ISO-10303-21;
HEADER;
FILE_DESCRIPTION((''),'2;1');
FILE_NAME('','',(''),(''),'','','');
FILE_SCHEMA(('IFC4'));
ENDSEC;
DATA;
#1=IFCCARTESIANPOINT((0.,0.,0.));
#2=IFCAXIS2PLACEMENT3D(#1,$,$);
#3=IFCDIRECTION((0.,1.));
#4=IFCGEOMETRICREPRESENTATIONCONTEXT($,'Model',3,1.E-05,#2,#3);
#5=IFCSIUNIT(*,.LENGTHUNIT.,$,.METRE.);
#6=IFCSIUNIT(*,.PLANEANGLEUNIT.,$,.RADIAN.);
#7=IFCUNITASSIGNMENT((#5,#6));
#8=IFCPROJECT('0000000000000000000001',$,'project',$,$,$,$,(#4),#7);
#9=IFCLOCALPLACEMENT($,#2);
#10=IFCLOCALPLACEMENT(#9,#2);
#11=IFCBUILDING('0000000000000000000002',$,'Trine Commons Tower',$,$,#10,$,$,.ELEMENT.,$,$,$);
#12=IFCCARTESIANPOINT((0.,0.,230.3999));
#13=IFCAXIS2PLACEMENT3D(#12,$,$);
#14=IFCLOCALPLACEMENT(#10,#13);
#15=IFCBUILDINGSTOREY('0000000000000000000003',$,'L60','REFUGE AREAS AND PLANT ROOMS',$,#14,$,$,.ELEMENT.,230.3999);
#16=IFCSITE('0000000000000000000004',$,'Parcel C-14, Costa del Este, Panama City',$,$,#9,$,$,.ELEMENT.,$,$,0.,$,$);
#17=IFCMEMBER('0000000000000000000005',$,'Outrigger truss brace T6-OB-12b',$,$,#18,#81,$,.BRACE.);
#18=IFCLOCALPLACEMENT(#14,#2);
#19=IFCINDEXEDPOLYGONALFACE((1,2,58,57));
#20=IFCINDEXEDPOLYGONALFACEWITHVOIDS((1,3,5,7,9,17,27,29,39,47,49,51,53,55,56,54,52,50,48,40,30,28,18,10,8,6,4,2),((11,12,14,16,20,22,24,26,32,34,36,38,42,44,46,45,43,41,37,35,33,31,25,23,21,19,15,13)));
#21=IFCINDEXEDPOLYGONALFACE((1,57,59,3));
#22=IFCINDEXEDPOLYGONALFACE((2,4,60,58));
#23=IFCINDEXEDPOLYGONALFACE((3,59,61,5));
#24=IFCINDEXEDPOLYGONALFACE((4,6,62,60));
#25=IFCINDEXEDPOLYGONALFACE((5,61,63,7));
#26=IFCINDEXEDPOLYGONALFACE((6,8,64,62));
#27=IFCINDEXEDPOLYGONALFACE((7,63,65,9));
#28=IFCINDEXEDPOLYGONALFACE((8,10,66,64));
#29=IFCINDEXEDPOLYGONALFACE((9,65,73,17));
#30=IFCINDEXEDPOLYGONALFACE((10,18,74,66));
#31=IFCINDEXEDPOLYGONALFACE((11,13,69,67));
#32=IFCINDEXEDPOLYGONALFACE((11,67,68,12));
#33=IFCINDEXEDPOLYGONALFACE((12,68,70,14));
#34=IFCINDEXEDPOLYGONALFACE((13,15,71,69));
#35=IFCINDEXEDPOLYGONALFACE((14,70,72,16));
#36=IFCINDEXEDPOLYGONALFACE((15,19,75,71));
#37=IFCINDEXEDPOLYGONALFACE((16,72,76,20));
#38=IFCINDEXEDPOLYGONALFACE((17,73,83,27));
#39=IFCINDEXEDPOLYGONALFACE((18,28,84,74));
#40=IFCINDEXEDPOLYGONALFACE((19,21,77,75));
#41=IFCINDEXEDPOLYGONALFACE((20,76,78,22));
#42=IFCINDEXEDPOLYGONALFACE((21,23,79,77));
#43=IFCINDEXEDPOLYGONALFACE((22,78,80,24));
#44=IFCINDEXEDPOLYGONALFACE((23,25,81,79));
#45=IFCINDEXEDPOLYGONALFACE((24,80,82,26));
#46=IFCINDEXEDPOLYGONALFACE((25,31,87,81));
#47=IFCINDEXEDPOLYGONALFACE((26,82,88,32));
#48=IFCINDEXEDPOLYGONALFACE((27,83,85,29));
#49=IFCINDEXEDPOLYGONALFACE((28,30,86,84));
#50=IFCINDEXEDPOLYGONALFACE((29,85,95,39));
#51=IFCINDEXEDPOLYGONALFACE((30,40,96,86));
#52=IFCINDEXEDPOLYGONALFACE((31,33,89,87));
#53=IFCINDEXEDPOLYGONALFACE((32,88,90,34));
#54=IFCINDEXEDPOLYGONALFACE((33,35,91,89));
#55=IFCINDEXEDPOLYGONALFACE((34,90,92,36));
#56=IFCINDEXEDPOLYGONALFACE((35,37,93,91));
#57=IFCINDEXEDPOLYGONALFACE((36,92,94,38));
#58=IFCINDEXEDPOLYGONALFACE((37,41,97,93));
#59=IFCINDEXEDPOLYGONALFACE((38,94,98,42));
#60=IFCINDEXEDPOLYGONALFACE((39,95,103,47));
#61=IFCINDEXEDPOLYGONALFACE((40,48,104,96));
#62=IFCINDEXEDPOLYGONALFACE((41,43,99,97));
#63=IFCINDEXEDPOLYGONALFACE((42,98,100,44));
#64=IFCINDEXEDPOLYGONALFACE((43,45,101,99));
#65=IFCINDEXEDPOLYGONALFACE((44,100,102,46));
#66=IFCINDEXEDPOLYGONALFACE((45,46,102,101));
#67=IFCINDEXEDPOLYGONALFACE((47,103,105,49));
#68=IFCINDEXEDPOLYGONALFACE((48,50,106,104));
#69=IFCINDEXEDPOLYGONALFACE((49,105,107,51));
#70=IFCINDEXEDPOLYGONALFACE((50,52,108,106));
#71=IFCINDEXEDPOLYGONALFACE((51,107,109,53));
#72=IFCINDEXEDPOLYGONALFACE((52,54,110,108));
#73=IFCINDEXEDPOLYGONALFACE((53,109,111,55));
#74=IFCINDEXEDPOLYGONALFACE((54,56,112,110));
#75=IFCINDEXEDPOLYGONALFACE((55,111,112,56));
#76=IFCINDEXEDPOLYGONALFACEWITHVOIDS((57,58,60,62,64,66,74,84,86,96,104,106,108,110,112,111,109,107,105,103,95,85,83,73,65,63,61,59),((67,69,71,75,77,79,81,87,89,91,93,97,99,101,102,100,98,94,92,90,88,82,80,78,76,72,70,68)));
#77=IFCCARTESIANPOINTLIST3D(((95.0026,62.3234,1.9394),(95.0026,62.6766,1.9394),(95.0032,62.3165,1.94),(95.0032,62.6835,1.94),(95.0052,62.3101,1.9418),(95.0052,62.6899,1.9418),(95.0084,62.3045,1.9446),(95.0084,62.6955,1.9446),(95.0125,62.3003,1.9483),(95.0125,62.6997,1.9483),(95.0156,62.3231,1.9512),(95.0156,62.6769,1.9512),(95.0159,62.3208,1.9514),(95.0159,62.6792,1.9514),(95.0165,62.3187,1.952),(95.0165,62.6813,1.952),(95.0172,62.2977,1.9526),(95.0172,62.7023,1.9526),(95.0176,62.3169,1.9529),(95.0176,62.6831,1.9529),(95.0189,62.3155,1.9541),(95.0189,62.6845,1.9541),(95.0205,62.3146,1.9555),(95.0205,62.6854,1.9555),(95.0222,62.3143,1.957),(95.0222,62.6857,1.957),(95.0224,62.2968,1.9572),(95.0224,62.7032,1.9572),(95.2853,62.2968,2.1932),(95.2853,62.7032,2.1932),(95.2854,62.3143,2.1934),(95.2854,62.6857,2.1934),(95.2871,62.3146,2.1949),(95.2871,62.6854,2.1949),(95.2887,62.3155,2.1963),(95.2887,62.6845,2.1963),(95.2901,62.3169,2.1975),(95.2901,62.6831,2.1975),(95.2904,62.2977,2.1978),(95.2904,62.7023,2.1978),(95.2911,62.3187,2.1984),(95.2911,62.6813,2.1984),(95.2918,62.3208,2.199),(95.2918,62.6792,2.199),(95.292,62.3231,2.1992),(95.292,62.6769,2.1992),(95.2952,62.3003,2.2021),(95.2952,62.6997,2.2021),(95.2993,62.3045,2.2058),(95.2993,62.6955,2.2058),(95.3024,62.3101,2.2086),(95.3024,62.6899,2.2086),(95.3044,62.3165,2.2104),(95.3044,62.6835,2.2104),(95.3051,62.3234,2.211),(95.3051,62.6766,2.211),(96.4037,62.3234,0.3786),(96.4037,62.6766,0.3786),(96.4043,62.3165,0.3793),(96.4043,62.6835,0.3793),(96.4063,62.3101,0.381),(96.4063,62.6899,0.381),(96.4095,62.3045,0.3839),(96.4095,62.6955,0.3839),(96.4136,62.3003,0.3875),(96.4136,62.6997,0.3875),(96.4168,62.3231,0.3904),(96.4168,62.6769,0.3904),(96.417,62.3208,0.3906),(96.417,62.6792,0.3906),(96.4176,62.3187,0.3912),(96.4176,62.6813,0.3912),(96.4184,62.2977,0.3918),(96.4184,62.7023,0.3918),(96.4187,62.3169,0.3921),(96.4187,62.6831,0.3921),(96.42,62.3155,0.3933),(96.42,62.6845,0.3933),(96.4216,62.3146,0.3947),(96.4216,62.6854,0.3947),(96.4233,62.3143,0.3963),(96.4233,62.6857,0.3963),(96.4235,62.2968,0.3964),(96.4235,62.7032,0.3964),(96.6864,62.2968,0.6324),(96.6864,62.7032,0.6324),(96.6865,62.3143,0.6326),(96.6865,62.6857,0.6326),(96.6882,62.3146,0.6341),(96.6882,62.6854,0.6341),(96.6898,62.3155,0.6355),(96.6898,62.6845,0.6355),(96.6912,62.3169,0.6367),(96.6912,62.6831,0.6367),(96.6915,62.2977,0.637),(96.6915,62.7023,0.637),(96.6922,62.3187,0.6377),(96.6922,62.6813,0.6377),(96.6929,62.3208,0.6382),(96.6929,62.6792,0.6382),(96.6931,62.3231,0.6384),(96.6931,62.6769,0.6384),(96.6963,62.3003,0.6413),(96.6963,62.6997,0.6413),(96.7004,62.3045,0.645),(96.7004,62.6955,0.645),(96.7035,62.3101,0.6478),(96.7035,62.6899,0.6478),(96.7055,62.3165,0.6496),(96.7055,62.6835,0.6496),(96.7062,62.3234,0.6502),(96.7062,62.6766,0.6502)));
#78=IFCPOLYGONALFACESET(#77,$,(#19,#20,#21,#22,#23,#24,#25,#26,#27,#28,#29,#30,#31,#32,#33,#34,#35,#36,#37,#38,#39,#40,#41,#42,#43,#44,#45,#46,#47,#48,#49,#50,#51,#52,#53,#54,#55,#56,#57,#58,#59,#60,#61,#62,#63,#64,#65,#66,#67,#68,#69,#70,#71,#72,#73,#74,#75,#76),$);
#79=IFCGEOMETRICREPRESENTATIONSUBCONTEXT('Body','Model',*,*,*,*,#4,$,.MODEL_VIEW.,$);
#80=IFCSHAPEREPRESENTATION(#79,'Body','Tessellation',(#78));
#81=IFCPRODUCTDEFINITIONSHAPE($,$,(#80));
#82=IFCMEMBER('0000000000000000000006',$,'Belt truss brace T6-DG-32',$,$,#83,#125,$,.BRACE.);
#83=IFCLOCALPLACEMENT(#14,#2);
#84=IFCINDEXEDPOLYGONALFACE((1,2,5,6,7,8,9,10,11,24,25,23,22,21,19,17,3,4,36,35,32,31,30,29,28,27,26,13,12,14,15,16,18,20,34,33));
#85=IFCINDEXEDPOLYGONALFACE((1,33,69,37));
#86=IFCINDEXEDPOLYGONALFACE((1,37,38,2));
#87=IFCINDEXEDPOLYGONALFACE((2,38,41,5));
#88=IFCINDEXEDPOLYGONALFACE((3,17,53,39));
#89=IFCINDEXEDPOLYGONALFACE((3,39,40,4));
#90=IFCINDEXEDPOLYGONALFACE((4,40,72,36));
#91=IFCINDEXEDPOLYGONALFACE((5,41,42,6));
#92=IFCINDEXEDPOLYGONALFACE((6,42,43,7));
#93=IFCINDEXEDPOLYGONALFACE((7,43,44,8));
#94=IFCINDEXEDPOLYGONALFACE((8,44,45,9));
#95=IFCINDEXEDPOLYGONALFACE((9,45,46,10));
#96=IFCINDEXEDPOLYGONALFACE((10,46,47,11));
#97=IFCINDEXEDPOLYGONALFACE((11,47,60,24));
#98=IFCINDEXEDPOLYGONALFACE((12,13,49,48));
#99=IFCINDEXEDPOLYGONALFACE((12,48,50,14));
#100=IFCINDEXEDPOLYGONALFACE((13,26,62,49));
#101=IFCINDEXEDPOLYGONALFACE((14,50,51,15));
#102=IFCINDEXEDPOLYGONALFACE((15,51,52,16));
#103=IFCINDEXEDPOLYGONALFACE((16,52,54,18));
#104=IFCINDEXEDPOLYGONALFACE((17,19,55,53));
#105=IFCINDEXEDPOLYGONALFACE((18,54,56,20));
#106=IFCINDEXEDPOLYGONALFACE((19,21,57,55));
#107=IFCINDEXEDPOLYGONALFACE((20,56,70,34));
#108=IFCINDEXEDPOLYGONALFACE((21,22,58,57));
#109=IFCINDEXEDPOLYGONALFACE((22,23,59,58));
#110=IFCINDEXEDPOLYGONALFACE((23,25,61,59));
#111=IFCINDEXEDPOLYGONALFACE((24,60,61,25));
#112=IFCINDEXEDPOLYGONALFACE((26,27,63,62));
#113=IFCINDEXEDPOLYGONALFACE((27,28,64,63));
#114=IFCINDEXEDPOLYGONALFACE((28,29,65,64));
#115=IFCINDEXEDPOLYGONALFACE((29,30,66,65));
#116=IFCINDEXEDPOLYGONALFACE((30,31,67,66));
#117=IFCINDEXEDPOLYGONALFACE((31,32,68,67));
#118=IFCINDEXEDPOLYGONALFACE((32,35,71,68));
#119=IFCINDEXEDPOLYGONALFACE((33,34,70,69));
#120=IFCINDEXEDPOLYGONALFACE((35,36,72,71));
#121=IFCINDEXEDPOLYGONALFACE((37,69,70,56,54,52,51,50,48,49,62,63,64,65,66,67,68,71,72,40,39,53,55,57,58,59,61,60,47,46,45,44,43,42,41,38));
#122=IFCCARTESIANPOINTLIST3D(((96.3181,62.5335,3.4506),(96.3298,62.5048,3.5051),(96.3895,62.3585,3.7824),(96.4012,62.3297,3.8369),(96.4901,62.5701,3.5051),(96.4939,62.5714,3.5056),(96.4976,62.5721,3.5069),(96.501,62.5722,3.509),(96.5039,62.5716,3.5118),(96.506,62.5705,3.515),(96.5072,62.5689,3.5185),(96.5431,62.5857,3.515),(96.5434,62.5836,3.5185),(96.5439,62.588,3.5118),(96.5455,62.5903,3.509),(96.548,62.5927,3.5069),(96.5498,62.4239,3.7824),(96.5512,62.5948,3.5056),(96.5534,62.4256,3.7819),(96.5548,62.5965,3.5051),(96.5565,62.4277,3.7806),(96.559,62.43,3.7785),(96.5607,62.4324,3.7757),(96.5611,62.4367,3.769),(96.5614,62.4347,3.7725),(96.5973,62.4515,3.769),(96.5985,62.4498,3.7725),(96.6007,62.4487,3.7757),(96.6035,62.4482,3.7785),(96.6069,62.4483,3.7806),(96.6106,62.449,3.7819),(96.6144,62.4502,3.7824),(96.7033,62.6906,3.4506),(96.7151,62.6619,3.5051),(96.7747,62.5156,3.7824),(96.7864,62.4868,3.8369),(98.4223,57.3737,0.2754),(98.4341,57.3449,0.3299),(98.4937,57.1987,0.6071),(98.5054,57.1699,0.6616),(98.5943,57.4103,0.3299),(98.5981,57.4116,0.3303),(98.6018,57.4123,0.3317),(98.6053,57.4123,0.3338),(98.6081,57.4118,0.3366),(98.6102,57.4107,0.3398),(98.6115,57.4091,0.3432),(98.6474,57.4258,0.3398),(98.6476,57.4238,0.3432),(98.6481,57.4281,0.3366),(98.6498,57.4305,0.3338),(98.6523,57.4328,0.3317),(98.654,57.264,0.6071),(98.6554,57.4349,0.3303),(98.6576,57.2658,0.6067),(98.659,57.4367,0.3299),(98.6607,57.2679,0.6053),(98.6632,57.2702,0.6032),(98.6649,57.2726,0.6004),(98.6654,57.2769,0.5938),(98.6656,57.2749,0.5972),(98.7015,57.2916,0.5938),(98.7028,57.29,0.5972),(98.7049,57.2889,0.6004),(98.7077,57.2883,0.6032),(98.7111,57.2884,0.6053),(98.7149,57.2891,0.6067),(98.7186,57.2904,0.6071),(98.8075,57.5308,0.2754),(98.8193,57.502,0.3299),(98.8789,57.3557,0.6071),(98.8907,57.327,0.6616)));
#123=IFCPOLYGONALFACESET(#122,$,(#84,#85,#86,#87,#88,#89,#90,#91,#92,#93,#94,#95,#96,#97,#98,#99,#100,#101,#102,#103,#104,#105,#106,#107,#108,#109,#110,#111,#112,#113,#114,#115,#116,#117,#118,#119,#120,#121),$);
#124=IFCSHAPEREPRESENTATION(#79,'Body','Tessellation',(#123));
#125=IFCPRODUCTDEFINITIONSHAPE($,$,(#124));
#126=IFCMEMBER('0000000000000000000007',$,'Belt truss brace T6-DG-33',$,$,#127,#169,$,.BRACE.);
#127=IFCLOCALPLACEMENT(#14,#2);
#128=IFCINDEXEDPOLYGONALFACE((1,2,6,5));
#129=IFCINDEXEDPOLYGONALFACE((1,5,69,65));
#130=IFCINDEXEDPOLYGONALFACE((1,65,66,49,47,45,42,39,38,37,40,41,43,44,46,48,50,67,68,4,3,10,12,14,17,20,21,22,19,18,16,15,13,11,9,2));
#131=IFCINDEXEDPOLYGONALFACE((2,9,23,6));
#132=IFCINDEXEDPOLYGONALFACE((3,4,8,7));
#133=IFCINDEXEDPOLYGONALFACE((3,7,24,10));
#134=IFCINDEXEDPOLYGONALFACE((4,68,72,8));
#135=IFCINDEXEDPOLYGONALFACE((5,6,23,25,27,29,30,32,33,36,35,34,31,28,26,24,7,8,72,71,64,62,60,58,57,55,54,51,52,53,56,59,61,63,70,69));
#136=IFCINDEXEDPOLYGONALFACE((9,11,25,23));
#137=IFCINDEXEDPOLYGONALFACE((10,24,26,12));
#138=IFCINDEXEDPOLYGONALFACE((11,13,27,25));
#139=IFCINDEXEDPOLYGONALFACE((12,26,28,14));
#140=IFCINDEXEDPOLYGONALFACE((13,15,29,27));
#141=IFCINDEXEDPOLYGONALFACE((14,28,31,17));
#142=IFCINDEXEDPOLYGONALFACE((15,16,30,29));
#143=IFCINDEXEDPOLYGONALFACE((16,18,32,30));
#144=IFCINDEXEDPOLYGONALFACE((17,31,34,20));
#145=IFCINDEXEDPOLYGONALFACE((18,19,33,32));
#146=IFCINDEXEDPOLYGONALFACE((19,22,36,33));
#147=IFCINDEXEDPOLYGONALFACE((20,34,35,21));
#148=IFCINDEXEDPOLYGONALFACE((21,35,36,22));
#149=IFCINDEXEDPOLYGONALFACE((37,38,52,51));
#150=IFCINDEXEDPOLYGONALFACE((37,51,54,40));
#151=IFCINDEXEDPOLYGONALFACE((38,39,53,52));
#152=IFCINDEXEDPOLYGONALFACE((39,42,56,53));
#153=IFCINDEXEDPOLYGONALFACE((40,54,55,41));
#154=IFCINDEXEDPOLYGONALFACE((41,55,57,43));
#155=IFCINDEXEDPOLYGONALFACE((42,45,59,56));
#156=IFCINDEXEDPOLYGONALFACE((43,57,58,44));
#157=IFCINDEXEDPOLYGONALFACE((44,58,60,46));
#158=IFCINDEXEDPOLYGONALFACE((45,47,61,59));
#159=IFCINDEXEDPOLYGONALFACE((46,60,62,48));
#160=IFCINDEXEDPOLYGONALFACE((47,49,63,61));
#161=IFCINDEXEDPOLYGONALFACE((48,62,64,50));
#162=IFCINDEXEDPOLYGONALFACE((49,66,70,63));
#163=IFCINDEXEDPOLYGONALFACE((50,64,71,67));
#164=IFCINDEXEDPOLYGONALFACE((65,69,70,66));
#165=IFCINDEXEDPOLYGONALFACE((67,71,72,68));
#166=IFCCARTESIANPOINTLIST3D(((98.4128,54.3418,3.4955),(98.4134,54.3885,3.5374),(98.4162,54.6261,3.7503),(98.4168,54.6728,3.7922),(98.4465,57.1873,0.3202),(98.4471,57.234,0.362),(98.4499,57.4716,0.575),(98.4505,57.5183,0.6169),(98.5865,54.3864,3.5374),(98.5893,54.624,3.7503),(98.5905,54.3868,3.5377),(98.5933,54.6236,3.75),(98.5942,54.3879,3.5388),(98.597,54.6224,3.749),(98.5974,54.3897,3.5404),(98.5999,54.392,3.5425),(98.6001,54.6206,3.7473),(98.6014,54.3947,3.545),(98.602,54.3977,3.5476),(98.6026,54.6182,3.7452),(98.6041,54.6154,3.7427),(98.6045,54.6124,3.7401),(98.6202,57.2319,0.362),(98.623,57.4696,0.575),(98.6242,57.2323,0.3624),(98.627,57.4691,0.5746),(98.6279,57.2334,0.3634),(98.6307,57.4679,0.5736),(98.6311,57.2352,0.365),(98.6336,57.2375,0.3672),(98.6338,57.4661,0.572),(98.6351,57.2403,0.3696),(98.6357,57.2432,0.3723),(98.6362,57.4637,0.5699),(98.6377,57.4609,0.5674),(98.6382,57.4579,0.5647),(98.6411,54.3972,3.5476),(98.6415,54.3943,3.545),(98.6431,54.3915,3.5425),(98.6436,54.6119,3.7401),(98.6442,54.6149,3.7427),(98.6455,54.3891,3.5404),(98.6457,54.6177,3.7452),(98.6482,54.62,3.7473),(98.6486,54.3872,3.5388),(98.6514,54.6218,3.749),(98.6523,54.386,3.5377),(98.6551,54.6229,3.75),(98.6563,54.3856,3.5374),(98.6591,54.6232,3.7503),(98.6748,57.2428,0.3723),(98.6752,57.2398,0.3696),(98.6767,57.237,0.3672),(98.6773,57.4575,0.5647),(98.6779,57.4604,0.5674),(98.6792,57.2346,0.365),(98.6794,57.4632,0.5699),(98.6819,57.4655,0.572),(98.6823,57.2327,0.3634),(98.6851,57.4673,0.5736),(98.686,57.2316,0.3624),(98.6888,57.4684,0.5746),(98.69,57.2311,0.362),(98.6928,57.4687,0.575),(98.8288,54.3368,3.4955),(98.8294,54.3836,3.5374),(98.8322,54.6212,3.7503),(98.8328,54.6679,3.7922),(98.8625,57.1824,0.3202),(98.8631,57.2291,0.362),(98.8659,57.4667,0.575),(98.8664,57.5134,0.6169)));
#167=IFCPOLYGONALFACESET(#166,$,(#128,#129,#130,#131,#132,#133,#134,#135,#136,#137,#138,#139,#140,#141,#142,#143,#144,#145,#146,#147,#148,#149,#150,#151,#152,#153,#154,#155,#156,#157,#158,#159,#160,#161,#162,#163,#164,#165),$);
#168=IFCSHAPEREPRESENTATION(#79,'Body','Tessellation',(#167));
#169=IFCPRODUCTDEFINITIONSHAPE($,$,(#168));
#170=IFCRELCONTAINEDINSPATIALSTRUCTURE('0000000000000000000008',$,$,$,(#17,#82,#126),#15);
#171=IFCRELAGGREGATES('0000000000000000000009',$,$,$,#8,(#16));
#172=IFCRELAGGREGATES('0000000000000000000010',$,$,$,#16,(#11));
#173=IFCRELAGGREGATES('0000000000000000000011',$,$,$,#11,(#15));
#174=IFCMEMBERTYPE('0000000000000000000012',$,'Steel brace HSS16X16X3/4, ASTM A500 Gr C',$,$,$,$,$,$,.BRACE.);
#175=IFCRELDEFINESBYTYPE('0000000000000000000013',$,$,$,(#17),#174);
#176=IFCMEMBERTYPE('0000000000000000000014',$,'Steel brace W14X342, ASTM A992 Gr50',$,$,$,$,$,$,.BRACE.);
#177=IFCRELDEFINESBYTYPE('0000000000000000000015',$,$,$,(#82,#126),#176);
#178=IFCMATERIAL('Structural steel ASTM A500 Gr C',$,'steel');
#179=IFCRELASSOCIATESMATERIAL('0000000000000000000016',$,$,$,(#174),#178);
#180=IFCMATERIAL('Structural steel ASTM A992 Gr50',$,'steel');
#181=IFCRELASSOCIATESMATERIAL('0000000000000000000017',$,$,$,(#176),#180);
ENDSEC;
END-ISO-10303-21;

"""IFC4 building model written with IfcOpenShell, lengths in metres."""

from ifc_helpers import new_model, si_unit, direction, frame, origin, origin_2d, place, context, subcontext, project, spatial, hollow_rectangle, i_section, extrude, material, material_profile, profile_set, type_object, element, save


model = new_model("IFC4")

# Units and contexts
model_context = context("Model", 3, precision=1e-05, world=origin(), true_north=direction((0.0, 1.0)))
body_context = subcontext(model_context, "Body", "Model", "MODEL_VIEW")
ifc_project = project(units=[si_unit("LENGTHUNIT", "METRE"), si_unit("PLANEANGLEUNIT", "RADIAN")], contexts=[model_context])

# Site, building, storey
site_placement = place(None, origin())
site = spatial("IfcSite", under=ifc_project, at=site_placement, Name="Parcel C-14, Costa del Este, Panama City", CompositionType="ELEMENT", RefElevation=0.0)
building_placement = place(site_placement, origin())
building = spatial("IfcBuilding", under=site, at=building_placement, Name="Trine Commons Tower", CompositionType="ELEMENT")
storey_placement = place(building_placement, frame((0.0, 0.0, 230.3999)))
storey = spatial("IfcBuildingStorey", under=building, at=storey_placement, Name="L60", Description="REFUGE AREAS AND PLANT ROOMS", CompositionType="ELEMENT", Elevation=230.3999)

# Members
ifc_material_1 = material(Name="Structural steel ASTM A500 Gr C", Category="steel")
ifc_material_profile_1 = material_profile(ifc_material_1, hollow_rectangle(XDim=0.4065, YDim=0.4065, WallThickness=0.0176, InnerFilletRadius=0.0088, OuterFilletRadius=0.0266, at=origin_2d()), Name="HSS16X16X3/4")
ifc_profile_set_1 = profile_set([ifc_material_profile_1], Name="Structural steel ASTM A500 Gr C")
member_type_1 = type_object("IfcMemberType", Name="Steel brace HSS16X16X3/4, ASTM A500 Gr C", PredefinedType="BRACE", material=ifc_profile_set_1)
for number, where, z_axis, x_axis, name in (
    (1, (95.1538, 62.5, 2.0752), (0.668019, 0.0, -0.744144), (0.0, 1.0, 0.0), "Outrigger truss brace T6-OB-12b"),
):
    element("IfcMember", number, at=place(storey_placement, frame(where, z_axis=z_axis, x_axis=x_axis)), inside=storey, type_object=member_type_1, Name=name, PredefinedType="BRACE", context=body_context, shape_type="SweptSolid", body=[
        extrude(hollow_rectangle(XDim=0.4065, YDim=0.4065, WallThickness=0.0176, InnerFilletRadius=0.0088, OuterFilletRadius=0.0266, at=origin_2d()), origin(), (0.0, 0.0, 1.0), 2.0974),
    ])
ifc_material_2 = material(Name="Structural steel ASTM A992 Gr50", Category="steel")
ifc_material_profile_2 = material_profile(ifc_material_2, i_section(OverallWidth=0.416, OverallDepth=0.4446, WebThickness=0.0391, FlangeThickness=0.0627, FilletRadius=0.0154, at=origin_2d()), Name="W14X342")
ifc_profile_set_2 = profile_set([ifc_material_profile_2], Name="Structural steel ASTM A992 Gr50")
member_type_2 = type_object("IfcMemberType", Name="Steel brace W14X342, ASTM A992 Gr50", PredefinedType="BRACE", material=ifc_profile_set_2)
member_1_placement = place(storey_placement, frame((98.6565, 57.3503, 0.4685), z_axis=(-0.328088, 0.804519, 0.495083), x_axis=(-0.925963, -0.377614, 0.0)))
element("IfcMember", 2, at=member_1_placement, inside=storey, type_object=member_type_2, Name="Belt truss brace T6-DG-32", PredefinedType="BRACE", context=body_context, shape_type="SweptSolid", body=[
    extrude(i_section(OverallWidth=0.416, OverallDepth=0.4446, WebThickness=0.0391, FlangeThickness=0.0627, FilletRadius=0.0154, at=origin_2d()), origin(), (0.0, 0.0, 1.0), 6.4136),
])
member_2_placement = place(storey_placement, frame((98.6565, 57.3503, 0.4685), z_axis=(-0.007902, -0.667348, 0.744704), x_axis=(0.99993, -0.01184, 0.0)))
element("IfcMember", 3, at=member_2_placement, inside=storey, type_object=member_type_2, Name="Belt truss brace T6-DG-33", PredefinedType="BRACE", context=body_context, shape_type="SweptSolid", body=[
    extrude(i_section(OverallWidth=0.416, OverallDepth=0.4446, WebThickness=0.0391, FlangeThickness=0.0627, FilletRadius=0.0154, at=origin_2d()), origin(), (0.0, 0.0, 1.0), 4.2639),
])

save(model, "model.ifc")
